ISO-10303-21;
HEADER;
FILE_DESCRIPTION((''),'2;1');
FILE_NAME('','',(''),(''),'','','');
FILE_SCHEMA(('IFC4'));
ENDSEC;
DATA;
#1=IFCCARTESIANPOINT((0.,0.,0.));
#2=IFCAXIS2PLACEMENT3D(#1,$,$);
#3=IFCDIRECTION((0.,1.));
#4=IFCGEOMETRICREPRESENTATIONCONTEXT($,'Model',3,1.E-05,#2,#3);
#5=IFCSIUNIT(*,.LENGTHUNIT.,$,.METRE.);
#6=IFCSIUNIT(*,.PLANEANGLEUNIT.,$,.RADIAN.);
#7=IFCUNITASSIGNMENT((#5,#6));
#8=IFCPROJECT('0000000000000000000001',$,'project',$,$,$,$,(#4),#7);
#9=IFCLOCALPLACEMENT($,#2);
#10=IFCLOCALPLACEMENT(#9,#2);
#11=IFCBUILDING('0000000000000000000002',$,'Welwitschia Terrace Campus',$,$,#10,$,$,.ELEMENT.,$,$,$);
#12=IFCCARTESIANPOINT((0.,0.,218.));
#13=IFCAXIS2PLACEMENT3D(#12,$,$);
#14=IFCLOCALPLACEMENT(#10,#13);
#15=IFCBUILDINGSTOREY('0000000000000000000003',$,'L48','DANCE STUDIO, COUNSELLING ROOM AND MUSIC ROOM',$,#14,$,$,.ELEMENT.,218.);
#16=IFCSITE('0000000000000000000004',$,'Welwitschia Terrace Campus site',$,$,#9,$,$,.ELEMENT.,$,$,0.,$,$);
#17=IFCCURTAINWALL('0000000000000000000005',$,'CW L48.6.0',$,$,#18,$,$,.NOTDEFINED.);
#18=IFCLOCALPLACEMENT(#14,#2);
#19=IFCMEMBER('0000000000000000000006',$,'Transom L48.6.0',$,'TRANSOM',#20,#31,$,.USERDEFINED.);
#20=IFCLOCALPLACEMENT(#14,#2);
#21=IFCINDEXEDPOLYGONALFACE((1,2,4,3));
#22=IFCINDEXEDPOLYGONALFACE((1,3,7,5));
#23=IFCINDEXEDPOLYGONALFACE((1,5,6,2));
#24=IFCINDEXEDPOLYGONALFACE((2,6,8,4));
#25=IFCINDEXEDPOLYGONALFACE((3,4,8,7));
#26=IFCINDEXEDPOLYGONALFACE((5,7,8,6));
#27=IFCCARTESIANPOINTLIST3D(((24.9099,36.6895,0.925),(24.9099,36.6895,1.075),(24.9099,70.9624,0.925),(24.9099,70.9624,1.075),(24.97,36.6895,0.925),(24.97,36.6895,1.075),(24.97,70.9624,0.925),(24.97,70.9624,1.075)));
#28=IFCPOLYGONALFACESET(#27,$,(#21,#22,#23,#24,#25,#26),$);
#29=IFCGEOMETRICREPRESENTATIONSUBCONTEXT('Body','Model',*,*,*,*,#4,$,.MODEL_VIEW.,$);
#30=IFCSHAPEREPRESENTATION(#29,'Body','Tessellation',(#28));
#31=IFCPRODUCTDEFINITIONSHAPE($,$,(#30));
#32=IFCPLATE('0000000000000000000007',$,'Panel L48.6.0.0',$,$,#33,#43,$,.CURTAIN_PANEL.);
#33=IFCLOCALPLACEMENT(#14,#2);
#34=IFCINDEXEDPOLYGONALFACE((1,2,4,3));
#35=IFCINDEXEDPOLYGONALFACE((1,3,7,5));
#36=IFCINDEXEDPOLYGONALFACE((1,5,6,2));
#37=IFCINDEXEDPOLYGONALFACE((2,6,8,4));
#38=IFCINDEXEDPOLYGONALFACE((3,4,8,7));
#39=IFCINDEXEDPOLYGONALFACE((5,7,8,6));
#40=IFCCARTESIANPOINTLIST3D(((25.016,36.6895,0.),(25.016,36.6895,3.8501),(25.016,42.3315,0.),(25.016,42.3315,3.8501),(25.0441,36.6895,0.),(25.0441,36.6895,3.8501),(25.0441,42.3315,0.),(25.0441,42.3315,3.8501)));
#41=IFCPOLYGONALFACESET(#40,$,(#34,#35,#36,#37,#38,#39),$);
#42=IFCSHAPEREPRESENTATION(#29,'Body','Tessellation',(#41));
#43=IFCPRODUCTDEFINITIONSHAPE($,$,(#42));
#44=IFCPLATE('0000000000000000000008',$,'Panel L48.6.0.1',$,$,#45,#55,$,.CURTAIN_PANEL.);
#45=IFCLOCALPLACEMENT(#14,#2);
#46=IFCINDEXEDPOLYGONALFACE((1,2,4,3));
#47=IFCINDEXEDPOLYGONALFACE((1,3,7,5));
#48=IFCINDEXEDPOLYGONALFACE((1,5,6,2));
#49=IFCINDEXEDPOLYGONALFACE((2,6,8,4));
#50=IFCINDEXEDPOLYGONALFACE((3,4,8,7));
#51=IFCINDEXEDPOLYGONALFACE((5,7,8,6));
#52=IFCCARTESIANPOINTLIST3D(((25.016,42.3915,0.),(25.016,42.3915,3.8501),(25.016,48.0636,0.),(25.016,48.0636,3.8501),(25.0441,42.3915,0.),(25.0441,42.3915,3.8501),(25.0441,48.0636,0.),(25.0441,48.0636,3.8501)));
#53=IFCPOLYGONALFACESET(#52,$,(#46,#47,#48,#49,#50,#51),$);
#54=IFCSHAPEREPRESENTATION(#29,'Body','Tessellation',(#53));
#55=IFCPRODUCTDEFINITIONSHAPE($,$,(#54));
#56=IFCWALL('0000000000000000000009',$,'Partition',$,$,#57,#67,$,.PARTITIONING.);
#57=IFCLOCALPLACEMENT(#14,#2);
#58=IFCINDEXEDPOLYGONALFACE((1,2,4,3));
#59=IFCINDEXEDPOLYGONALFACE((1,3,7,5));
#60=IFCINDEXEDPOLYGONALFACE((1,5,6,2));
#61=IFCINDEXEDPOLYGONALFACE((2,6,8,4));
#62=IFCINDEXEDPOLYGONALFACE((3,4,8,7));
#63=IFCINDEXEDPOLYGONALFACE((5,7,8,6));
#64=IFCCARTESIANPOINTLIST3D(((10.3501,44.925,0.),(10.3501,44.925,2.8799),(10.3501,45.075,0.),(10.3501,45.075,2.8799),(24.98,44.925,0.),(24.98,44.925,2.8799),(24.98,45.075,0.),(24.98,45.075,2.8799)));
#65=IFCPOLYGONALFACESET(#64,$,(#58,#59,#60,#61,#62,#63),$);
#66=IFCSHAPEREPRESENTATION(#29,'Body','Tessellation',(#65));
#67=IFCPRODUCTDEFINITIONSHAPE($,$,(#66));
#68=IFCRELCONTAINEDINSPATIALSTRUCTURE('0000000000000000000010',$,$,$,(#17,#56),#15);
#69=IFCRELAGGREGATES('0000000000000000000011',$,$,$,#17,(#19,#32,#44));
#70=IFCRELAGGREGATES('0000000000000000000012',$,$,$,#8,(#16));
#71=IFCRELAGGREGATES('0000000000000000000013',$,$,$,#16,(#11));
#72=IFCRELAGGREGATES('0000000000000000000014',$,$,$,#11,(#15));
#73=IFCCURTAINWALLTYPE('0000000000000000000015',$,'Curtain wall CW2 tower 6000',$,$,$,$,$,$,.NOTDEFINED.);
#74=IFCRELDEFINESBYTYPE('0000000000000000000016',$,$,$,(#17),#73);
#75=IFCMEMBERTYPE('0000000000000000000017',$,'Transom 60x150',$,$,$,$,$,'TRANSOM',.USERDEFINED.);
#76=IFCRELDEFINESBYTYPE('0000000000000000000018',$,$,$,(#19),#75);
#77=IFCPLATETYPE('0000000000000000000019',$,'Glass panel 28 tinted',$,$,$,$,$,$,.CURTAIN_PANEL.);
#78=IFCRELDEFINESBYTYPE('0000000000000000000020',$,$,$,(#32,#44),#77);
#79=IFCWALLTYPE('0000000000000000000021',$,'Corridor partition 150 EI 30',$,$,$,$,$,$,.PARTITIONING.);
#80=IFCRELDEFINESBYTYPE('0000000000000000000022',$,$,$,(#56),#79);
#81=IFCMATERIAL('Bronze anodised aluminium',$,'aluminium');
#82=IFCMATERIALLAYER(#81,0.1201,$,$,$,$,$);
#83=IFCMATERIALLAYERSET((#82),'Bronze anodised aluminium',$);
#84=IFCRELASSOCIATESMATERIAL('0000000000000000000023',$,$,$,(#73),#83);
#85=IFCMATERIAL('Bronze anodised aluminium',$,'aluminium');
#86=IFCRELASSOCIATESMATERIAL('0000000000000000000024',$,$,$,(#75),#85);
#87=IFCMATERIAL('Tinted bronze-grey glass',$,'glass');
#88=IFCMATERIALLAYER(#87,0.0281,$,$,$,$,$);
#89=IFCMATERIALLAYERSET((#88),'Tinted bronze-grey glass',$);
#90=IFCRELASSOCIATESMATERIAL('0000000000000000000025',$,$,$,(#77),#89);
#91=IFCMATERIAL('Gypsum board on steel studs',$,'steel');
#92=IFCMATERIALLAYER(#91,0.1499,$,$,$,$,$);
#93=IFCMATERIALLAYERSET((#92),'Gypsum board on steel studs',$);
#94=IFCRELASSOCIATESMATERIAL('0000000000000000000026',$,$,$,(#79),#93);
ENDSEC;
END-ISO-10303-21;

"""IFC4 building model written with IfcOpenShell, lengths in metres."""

from ifc_helpers import new_model, si_unit, direction, frame, frame_2d, origin, origin_2d, place, context, subcontext, project, spatial, rectangle, extrude, material, layer, layer_set, material_profile, profile_set, type_object, element, aggregate, save


model = new_model("IFC4")

# Units and contexts
model_context = context("Model", 3, precision=1e-05, world=origin(), true_north=direction((0.0, 1.0)))
body_context = subcontext(model_context, "Body", "Model", "MODEL_VIEW")
ifc_project = project(units=[si_unit("LENGTHUNIT", "METRE"), si_unit("PLANEANGLEUNIT", "RADIAN")], contexts=[model_context])

# Site, building, storey
site_placement = place(None, origin())
site = spatial("IfcSite", under=ifc_project, at=site_placement, Name="Welwitschia Terrace Campus site", CompositionType="ELEMENT", RefElevation=0.0)
building_placement = place(site_placement, origin())
building = spatial("IfcBuilding", under=site, at=building_placement, Name="Welwitschia Terrace Campus", CompositionType="ELEMENT")
storey_placement = place(building_placement, frame((0.0, 0.0, 218.0)))
storey = spatial("IfcBuildingStorey", under=building, at=storey_placement, Name="L48", Description="DANCE STUDIO, COUNSELLING ROOM AND MUSIC ROOM", CompositionType="ELEMENT", Elevation=218.0)

# Shared definitions
ifc_material_1 = material(Name="Bronze anodised aluminium", Category="aluminium")
ifc_layer_1 = layer(ifc_material_1, 0.1201)
ifc_layer_set_1 = layer_set([ifc_layer_1], Name="Bronze anodised aluminium")
curtain_wall_type = type_object("IfcCurtainWallType", Name="Curtain wall CW2 tower 6000", PredefinedType="NOTDEFINED", material=ifc_layer_set_1)

# Curtain wall
curtain_wall_1_placement = place(storey_placement, origin())
curtain_wall_1 = element("IfcCurtainWall", 1, at=curtain_wall_1_placement, inside=storey, type_object=curtain_wall_type, Name="CW L48.6.0", PredefinedType="NOTDEFINED")

# Member
ifc_material_2 = material(Name="Bronze anodised aluminium", Category="aluminium")
ifc_material_profile_1 = material_profile(ifc_material_2, rectangle(XDim=0.0601, YDim=0.1499, at=origin_2d()))
ifc_profile_set_1 = profile_set([ifc_material_profile_1], Name="Bronze anodised aluminium")
member_type_1 = type_object("IfcMemberType", Name="Transom 60x150", ElementType="TRANSOM", PredefinedType="USERDEFINED", material=ifc_profile_set_1)
member_1_placement = place(storey_placement, frame((24.9399, 36.6895, 1.0), z_axis=(0.0, 1.0, 0.0), x_axis=(-1.0, 0.0, 0.0)))
member_1 = element("IfcMember", 2, at=member_1_placement, type_object=member_type_1, Name="Transom L48.6.0", ObjectType="TRANSOM", PredefinedType="USERDEFINED", context=body_context, shape_type="SweptSolid", body=[
    extrude(rectangle(XDim=0.0601, YDim=0.1499, at=origin_2d()), origin(), (0.0, 0.0, 1.0), 34.2729),
])

# Plates
ifc_material_3 = material(Name="Tinted bronze-grey glass", Category="glass")
ifc_layer_2 = layer(ifc_material_3, 0.0281)
ifc_layer_set_2 = layer_set([ifc_layer_2], Name="Tinted bronze-grey glass")
plate_type = type_object("IfcPlateType", Name="Glass panel 28 tinted", PredefinedType="CURTAIN_PANEL", material=ifc_layer_set_2)
plate_1_placement = place(storey_placement, frame((25.03, 39.5105, 0.0), z_axis=(0.0, 0.0, 1.0), x_axis=(0.0, 1.0, 0.0)))
plate_1 = element("IfcPlate", 3, at=plate_1_placement, type_object=plate_type, Name="Panel L48.6.0.0", PredefinedType="CURTAIN_PANEL", context=body_context, shape_type="SweptSolid", body=[
    extrude(rectangle(XDim=5.6421, YDim=0.0281, at=origin_2d()), origin(), (0.0, 0.0, 1.0), 3.8501),
])
plate_2_placement = place(storey_placement, frame((25.03, 45.2275, 0.0), z_axis=(0.0, 0.0, 1.0), x_axis=(0.0, 1.0, 0.0)))
plate_2 = element("IfcPlate", 4, at=plate_2_placement, type_object=plate_type, Name="Panel L48.6.0.1", PredefinedType="CURTAIN_PANEL", context=body_context, shape_type="SweptSolid", body=[
    extrude(rectangle(XDim=5.6721, YDim=0.0281, at=origin_2d()), origin(), (0.0, 0.0, 1.0), 3.8501),
])
aggregate(curtain_wall_1, [member_1, plate_1, plate_2])

# Wall
ifc_material_4 = material(Name="Gypsum board on steel studs", Category="steel")
ifc_layer_3 = layer(ifc_material_4, 0.1499)
ifc_layer_set_3 = layer_set([ifc_layer_3], Name="Gypsum board on steel studs")
wall_type = type_object("IfcWallType", Name="Corridor partition 150 EI 30", PredefinedType="PARTITIONING", material=ifc_layer_set_3)
wall_placement = place(storey_placement, frame((10.3501, 45.0, 0.0), z_axis=(0.0, 0.0, 1.0), x_axis=(1.0, 0.0, 0.0)))
element("IfcWall", 5, at=wall_placement, inside=storey, type_object=wall_type, Name="Partition", PredefinedType="PARTITIONING", context=body_context, shape_type="SweptSolid", body=[
    extrude(rectangle(XDim=14.6299, YDim=0.1499, at=frame_2d((7.3149, 0.0))), origin(), (0.0, 0.0, 1.0), 2.8799),
])

save(model, "model.ifc")
